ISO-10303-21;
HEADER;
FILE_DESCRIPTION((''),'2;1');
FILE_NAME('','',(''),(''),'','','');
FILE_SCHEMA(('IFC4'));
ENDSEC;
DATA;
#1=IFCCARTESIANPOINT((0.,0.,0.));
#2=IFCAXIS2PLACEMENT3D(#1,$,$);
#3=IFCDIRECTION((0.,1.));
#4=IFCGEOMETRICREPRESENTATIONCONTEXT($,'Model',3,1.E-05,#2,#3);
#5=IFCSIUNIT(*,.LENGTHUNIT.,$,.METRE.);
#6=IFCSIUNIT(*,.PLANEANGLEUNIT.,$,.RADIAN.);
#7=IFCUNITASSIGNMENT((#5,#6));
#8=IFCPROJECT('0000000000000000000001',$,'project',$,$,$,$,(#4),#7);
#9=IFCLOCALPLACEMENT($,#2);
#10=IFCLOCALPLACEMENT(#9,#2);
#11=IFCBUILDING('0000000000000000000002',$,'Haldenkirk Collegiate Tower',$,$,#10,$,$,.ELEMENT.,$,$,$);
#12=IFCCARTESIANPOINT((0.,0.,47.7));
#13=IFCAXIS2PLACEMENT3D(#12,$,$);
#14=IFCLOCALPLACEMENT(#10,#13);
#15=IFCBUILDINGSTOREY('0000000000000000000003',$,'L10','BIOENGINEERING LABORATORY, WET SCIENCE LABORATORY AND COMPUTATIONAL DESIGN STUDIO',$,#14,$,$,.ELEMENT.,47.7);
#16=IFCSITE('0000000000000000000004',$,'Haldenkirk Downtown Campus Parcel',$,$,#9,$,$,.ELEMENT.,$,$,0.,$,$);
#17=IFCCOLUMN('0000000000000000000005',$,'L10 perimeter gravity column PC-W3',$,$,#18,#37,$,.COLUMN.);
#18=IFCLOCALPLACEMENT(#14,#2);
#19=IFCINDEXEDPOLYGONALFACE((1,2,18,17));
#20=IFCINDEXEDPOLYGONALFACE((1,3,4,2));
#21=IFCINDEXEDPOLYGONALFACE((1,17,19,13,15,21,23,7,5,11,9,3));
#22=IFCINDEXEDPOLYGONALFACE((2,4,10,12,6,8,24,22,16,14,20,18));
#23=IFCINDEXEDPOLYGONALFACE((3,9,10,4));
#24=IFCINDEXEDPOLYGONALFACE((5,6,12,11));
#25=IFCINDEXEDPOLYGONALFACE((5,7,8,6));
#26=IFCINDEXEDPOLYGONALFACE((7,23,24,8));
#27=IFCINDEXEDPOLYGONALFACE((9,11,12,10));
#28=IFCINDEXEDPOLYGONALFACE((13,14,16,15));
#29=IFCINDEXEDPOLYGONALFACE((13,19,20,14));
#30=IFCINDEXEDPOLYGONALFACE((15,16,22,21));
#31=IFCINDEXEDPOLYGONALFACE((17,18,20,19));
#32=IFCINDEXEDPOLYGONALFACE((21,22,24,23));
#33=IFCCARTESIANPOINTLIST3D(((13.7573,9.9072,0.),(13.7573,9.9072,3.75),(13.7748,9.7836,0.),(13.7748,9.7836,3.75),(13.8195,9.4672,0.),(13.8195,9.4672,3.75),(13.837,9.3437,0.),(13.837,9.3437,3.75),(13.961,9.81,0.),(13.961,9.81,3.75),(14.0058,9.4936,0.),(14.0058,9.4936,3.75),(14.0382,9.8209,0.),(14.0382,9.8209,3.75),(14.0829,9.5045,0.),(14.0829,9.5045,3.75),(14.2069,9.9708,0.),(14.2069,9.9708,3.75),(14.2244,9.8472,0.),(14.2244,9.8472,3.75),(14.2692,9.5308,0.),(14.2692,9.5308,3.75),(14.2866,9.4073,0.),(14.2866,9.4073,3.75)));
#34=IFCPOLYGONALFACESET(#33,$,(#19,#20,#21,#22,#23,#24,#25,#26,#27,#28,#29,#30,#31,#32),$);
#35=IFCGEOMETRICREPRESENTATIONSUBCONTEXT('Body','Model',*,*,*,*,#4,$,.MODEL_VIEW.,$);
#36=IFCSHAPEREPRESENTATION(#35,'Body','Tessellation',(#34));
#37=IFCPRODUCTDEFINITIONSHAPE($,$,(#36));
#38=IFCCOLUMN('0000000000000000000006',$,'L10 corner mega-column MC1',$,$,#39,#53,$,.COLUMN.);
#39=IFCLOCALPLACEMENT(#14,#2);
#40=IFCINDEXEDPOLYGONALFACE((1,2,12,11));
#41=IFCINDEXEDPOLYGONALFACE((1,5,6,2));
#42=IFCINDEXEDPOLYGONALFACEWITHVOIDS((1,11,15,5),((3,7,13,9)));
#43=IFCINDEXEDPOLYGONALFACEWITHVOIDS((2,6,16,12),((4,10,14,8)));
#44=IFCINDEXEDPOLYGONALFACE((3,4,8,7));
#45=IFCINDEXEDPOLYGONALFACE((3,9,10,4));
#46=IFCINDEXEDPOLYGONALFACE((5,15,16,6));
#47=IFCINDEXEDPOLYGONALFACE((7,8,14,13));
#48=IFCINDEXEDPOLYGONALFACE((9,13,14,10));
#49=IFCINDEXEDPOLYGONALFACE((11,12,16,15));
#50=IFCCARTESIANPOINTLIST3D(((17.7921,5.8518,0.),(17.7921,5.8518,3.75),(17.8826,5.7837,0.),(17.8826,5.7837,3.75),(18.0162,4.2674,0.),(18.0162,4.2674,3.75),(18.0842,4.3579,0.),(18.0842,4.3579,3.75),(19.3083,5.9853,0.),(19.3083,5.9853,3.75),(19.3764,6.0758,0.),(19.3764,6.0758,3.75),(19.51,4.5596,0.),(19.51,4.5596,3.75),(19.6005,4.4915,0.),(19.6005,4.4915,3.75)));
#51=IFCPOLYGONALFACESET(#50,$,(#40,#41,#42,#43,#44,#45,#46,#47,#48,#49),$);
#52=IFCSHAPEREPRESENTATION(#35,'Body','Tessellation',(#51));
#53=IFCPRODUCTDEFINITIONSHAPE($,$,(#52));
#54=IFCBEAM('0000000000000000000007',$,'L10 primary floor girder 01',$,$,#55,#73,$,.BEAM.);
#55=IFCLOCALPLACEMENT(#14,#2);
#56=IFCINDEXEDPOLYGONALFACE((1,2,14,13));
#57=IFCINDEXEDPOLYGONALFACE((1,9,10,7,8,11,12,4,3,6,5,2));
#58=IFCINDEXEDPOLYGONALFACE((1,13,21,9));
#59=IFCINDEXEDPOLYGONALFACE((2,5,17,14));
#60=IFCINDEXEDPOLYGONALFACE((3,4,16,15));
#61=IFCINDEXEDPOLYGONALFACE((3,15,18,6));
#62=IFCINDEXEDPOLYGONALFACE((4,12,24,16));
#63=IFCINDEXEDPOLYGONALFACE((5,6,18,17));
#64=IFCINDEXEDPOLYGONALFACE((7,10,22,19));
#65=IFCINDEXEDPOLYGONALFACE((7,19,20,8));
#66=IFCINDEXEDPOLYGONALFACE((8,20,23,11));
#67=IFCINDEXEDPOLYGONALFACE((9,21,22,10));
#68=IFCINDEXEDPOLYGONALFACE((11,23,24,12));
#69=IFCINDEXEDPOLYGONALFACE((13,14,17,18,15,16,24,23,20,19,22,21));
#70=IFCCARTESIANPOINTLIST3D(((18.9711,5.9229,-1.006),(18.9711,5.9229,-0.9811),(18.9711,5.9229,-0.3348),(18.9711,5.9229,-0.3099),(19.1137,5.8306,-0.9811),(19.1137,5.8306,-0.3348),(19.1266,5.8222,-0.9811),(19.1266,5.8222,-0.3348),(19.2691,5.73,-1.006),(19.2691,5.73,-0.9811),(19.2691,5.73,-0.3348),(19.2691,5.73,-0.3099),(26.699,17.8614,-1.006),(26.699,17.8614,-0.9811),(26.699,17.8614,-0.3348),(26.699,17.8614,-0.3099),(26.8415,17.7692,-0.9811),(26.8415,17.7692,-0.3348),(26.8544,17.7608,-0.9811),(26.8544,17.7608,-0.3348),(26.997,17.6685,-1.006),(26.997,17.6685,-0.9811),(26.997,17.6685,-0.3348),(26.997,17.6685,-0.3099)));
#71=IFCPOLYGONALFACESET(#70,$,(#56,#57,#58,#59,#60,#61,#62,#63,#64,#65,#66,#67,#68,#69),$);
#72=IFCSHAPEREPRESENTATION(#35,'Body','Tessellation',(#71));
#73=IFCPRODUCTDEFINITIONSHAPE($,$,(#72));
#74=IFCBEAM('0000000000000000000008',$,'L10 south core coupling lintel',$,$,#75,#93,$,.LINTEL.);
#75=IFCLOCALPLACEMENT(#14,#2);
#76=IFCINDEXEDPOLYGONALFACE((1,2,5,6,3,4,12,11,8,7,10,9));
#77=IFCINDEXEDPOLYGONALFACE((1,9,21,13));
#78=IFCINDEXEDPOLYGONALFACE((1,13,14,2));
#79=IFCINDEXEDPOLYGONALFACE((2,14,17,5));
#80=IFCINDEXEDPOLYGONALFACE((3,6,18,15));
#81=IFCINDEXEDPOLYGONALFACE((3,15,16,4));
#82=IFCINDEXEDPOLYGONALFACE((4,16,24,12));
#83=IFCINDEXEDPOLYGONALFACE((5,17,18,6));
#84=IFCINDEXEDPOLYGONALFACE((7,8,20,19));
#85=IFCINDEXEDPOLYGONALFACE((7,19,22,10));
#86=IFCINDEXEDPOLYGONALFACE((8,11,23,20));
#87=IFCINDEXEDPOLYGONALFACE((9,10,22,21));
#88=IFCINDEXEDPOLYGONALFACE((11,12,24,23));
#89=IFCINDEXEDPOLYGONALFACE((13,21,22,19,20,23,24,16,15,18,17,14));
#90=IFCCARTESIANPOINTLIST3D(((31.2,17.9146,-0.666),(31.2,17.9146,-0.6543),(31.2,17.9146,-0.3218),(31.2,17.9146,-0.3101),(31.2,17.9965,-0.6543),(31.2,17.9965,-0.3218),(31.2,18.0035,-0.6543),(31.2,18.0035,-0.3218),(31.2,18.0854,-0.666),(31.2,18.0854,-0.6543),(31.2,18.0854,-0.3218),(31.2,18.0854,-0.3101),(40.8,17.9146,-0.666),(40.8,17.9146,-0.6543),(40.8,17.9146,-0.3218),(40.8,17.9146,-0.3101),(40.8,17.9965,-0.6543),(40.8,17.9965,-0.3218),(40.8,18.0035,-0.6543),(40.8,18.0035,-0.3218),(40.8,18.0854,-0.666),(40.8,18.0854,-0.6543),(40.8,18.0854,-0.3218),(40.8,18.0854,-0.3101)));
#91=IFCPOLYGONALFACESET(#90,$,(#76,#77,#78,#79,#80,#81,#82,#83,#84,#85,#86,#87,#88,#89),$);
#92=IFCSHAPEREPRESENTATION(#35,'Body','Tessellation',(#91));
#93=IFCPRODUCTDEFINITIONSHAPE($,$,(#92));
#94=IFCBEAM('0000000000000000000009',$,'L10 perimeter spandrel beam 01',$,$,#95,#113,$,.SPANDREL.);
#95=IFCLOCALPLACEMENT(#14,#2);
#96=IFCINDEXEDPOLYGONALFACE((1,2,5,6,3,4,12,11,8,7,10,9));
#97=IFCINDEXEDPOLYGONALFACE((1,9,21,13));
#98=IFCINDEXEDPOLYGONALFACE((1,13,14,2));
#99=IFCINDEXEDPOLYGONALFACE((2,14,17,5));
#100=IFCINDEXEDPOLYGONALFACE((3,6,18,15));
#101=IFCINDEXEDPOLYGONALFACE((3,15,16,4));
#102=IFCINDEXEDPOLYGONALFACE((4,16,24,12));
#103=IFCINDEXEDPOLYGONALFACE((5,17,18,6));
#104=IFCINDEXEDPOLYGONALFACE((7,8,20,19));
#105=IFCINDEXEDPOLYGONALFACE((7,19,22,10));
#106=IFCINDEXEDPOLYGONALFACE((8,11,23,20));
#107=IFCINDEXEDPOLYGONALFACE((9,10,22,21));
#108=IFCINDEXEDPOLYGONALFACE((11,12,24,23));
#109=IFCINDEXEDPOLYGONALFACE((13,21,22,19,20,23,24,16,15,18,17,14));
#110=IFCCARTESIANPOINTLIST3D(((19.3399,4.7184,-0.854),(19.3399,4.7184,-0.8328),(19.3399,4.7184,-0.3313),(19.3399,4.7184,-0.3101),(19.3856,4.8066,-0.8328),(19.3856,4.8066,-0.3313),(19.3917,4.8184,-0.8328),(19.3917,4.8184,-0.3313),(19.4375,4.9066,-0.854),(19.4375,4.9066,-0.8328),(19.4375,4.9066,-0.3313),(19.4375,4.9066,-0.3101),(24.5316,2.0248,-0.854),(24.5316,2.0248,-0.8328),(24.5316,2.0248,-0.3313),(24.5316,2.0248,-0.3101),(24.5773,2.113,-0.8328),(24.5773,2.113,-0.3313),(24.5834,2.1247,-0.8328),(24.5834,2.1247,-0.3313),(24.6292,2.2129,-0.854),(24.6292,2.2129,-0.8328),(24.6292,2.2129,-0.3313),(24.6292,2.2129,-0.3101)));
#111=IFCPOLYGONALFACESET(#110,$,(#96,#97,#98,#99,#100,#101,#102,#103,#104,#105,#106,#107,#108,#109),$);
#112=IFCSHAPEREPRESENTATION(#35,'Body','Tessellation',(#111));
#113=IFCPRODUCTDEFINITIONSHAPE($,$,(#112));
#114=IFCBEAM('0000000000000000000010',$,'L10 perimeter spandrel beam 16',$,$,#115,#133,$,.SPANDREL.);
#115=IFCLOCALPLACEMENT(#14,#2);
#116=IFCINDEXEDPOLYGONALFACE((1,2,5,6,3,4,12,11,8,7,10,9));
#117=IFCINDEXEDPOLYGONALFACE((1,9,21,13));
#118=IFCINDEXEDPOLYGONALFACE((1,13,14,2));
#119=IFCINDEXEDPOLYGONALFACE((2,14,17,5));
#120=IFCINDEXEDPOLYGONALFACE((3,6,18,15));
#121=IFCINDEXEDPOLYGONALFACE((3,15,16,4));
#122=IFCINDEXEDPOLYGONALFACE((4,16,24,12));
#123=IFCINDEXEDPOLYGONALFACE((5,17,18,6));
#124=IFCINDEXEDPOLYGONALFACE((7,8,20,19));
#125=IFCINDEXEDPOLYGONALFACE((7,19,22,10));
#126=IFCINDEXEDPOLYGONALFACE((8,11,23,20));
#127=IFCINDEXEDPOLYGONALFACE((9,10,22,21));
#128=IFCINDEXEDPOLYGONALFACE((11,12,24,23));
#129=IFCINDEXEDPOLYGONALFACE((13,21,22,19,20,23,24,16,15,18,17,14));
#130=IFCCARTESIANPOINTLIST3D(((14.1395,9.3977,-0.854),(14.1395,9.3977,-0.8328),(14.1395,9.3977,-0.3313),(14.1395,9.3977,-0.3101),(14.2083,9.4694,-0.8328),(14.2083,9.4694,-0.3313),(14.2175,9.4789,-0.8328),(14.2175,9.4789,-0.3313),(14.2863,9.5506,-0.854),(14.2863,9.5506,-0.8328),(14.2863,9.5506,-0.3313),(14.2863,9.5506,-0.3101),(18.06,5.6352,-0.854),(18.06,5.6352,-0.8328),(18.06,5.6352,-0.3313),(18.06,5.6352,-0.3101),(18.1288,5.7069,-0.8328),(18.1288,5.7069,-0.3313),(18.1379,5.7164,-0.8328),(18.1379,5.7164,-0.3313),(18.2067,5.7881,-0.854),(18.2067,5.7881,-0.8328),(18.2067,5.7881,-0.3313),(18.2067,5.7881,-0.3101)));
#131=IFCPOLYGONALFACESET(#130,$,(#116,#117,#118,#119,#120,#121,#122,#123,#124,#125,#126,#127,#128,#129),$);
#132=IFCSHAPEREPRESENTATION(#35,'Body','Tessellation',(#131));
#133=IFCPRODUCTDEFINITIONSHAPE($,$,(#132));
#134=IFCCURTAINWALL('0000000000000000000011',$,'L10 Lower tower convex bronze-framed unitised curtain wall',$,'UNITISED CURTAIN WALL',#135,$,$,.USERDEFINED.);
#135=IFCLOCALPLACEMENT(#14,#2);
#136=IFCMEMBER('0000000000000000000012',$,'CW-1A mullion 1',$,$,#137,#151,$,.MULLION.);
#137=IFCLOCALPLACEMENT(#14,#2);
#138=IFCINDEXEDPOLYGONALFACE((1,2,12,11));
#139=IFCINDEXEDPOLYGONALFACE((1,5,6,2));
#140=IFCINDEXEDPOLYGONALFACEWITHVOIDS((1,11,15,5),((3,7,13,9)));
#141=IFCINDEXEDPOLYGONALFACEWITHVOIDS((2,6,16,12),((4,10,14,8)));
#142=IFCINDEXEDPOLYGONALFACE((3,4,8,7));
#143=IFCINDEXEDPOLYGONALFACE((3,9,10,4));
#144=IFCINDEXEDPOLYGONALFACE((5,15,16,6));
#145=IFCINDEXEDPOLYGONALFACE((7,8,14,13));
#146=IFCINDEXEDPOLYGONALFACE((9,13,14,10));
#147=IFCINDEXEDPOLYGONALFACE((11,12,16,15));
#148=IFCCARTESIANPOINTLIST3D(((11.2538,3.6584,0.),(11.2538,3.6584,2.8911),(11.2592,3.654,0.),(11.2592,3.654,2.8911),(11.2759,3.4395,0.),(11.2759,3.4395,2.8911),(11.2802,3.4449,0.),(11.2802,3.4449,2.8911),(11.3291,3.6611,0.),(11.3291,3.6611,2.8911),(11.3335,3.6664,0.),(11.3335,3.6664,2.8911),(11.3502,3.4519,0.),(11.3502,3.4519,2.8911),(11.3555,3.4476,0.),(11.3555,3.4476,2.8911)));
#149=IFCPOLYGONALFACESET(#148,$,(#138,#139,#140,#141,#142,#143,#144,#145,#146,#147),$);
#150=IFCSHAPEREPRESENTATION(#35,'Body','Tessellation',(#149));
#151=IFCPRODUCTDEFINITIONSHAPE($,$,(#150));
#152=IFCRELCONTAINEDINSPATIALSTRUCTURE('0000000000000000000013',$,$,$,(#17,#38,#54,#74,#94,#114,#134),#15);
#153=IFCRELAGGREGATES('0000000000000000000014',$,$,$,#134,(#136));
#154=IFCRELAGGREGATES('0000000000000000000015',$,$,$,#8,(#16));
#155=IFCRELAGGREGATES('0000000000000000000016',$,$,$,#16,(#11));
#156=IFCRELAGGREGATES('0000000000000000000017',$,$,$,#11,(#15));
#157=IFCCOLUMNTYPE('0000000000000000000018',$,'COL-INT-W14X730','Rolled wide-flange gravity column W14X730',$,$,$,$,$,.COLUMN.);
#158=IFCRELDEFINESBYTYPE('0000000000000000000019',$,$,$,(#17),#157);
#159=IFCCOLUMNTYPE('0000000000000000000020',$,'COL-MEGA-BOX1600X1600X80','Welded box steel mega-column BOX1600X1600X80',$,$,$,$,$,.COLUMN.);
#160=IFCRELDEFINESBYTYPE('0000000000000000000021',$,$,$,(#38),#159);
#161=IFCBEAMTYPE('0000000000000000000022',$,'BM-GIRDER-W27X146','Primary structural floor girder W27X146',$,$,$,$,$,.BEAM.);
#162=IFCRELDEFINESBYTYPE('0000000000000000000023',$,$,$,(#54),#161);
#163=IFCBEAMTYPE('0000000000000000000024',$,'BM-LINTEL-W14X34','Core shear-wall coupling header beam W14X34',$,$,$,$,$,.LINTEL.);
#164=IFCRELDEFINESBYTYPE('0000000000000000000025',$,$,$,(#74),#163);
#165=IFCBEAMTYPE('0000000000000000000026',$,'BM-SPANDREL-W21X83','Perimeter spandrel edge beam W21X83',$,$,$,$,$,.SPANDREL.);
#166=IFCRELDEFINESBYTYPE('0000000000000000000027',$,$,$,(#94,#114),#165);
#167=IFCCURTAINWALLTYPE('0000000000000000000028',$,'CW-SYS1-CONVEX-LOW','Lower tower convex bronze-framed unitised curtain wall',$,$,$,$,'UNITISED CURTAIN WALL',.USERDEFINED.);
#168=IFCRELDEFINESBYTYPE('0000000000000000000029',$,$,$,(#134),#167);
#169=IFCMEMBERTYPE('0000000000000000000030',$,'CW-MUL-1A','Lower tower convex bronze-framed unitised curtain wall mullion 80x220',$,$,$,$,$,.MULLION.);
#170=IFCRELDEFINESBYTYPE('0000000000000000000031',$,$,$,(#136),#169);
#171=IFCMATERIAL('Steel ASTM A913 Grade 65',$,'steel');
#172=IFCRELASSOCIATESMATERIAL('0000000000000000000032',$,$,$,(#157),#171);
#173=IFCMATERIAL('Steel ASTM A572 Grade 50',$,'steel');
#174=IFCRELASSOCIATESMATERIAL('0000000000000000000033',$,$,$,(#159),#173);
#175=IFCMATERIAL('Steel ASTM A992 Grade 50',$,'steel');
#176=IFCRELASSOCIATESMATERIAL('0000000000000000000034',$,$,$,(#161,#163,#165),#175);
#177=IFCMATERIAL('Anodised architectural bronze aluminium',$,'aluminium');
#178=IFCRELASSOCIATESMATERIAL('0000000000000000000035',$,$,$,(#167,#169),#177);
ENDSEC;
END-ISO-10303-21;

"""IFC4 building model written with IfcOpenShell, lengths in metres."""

from ifc_helpers import new_model, si_unit, direction, frame, origin, origin_2d, place, context, subcontext, project, spatial, hollow_rectangle, i_section, extrude, material, material_profile, profile_set, type_object, element, aggregate, save


model = new_model("IFC4")

# Units and contexts
model_context = context("Model", 3, precision=1e-05, world=origin(), true_north=direction((0.0, 1.0)))
body_context = subcontext(model_context, "Body", "Model", "MODEL_VIEW")
ifc_project = project(units=[si_unit("LENGTHUNIT", "METRE"), si_unit("PLANEANGLEUNIT", "RADIAN")], contexts=[model_context])

# Site, building, storey
site_placement = place(None, origin())
site = spatial("IfcSite", under=ifc_project, at=site_placement, Name="Haldenkirk Downtown Campus Parcel", CompositionType="ELEMENT", RefElevation=0.0)
building_placement = place(site_placement, origin())
building = spatial("IfcBuilding", under=site, at=building_placement, Name="Haldenkirk Collegiate Tower", CompositionType="ELEMENT")
storey_placement = place(building_placement, frame((0.0, 0.0, 47.7)))
storey = spatial("IfcBuildingStorey", under=building, at=storey_placement, Name="L10", Description="BIOENGINEERING LABORATORY, WET SCIENCE LABORATORY AND COMPUTATIONAL DESIGN STUDIO", CompositionType="ELEMENT", Elevation=47.7)

# Columns
ifc_material_1 = material(Name="Steel ASTM A913 Grade 65", Category="steel")
ifc_material_profile_1 = material_profile(ifc_material_1, i_section(OverallWidth=0.4541, OverallDepth=0.5691, WebThickness=0.0779, FlangeThickness=0.1248, at=origin_2d()), Name="W14X730")
ifc_profile_set_1 = profile_set([ifc_material_profile_1], Name="Steel ASTM A913 Grade 65")
column_type_1 = type_object("IfcColumnType", Name="COL-INT-W14X730", Description="Rolled wide-flange gravity column W14X730", PredefinedType="COLUMN", material=ifc_profile_set_1)
column_1_placement = place(storey_placement, frame((14.022, 9.6572, 0.0), z_axis=(0.0, 0.0, 1.0), x_axis=(0.990146, 0.140037, 0.0)))
element("IfcColumn", 1, at=column_1_placement, inside=storey, type_object=column_type_1, Name="L10 perimeter gravity column PC-W3", PredefinedType="COLUMN", context=body_context, shape_type="SweptSolid", body=[
    extrude(i_section(OverallWidth=0.4541, OverallDepth=0.5691, WebThickness=0.0779, FlangeThickness=0.1248, at=origin_2d()), origin(), (0.0, 0.0, 1.0), 3.75),
])
ifc_material_2 = material(Name="Steel ASTM A572 Grade 50", Category="steel")
ifc_material_profile_2 = material_profile(ifc_material_2, hollow_rectangle(XDim=1.6001, YDim=1.6001, WallThickness=0.0801, at=origin_2d()), Name="BOX1600X1600X80")
ifc_profile_set_2 = profile_set([ifc_material_profile_2], Name="Steel ASTM A572 Grade 50")
column_type_2 = type_object("IfcColumnType", Name="COL-MEGA-BOX1600X1600X80", Description="Welded box steel mega-column BOX1600X1600X80", PredefinedType="COLUMN", material=ifc_profile_set_2)
column_2_placement = place(storey_placement, frame((18.6963, 5.1716, 0.0), z_axis=(0.0, 0.0, 1.0), x_axis=(0.990146, 0.140037, 0.0)))
element("IfcColumn", 2, at=column_2_placement, inside=storey, type_object=column_type_2, Name="L10 corner mega-column MC1", PredefinedType="COLUMN", context=body_context, shape_type="SweptSolid", body=[
    extrude(hollow_rectangle(XDim=1.6001, YDim=1.6001, WallThickness=0.0801, at=origin_2d()), origin(), (0.0, 0.0, 1.0), 3.75),
])

# Beams
ifc_material_3 = material(Name="Steel ASTM A992 Grade 50", Category="steel")
ifc_material_profile_3 = material_profile(ifc_material_3, i_section(OverallWidth=0.355, OverallDepth=0.696, WebThickness=0.0154, FlangeThickness=0.0249, at=origin_2d()), Name="W27X146")
ifc_profile_set_3 = profile_set([ifc_material_profile_3], Name="Steel ASTM A992 Grade 50")
beam_type_1 = type_object("IfcBeamType", Name="BM-GIRDER-W27X146", Description="Primary structural floor girder W27X146", PredefinedType="BEAM", material=ifc_profile_set_3)
beam_1_placement = place(storey_placement, frame((19.1201, 5.8264, -0.658), z_axis=(0.543394, 0.839478, 0.0), x_axis=(-0.839478, 0.543394, 0.0)))
element("IfcBeam", 3, at=beam_1_placement, inside=storey, type_object=beam_type_1, Name="L10 primary floor girder 01", PredefinedType="BEAM", context=body_context, shape_type="SweptSolid", body=[
    extrude(i_section(OverallWidth=0.355, OverallDepth=0.696, WebThickness=0.0154, FlangeThickness=0.0249, at=origin_2d()), origin(), (0.0, 0.0, 1.0), 14.2214),
])
ifc_material_profile_4 = material_profile(ifc_material_3, i_section(OverallWidth=0.1709, OverallDepth=0.356, WebThickness=0.0071, FlangeThickness=0.0117, at=origin_2d()), Name="W14X34")
ifc_profile_set_4 = profile_set([ifc_material_profile_4], Name="Steel ASTM A992 Grade 50")
beam_type_2 = type_object("IfcBeamType", Name="BM-LINTEL-W14X34", Description="Core shear-wall coupling header beam W14X34", PredefinedType="LINTEL", material=ifc_profile_set_4)
beam_2_placement = place(storey_placement, frame((31.2, 18.0, -0.488), z_axis=(1.0, 0.0, 0.0), x_axis=(0.0, 1.0, 0.0)))
element("IfcBeam", 4, at=beam_2_placement, inside=storey, type_object=beam_type_2, Name="L10 south core coupling lintel", PredefinedType="LINTEL", context=body_context, shape_type="SweptSolid", body=[
    extrude(i_section(OverallWidth=0.1709, OverallDepth=0.356, WebThickness=0.0071, FlangeThickness=0.0117, at=origin_2d()), origin(), (0.0, 0.0, 1.0), 9.6001),
])
ifc_material_profile_5 = material_profile(ifc_material_3, i_section(OverallWidth=0.2119, OverallDepth=0.5439, WebThickness=0.0132, FlangeThickness=0.0212, at=origin_2d()), Name="W21X83")
ifc_profile_set_5 = profile_set([ifc_material_profile_5], Name="Steel ASTM A992 Grade 50")
beam_type_3 = type_object("IfcBeamType", Name="BM-SPANDREL-W21X83", Description="Perimeter spandrel edge beam W21X83", PredefinedType="SPANDREL", material=ifc_profile_set_5)
beam_3_placement = place(storey_placement, frame((19.3887, 4.8125, -0.582), z_axis=(0.88764, -0.460538, 0.0), x_axis=(0.460538, 0.88764, 0.0)))
element("IfcBeam", 5, at=beam_3_placement, inside=storey, type_object=beam_type_3, Name="L10 perimeter spandrel beam 01", PredefinedType="SPANDREL", context=body_context, shape_type="SweptSolid", body=[
    extrude(i_section(OverallWidth=0.2119, OverallDepth=0.5439, WebThickness=0.0132, FlangeThickness=0.0212, at=origin_2d()), origin(), (0.0, 0.0, 1.0), 5.8489),
])
beam_4_placement = place(storey_placement, frame((14.2129, 9.4741, -0.582), z_axis=(0.721492, -0.692422, 0.0), x_axis=(0.692422, 0.721492, 0.0)))
element("IfcBeam", 6, at=beam_4_placement, inside=storey, type_object=beam_type_3, Name="L10 perimeter spandrel beam 16", PredefinedType="SPANDREL", context=body_context, shape_type="SweptSolid", body=[
    extrude(i_section(OverallWidth=0.2119, OverallDepth=0.5439, WebThickness=0.0132, FlangeThickness=0.0212, at=origin_2d()), origin(), (0.0, 0.0, 1.0), 5.4338),
])

# Curtain wall, member
ifc_material_4 = material(Name="Anodised architectural bronze aluminium", Category="aluminium")
curtain_wall_type = type_object("IfcCurtainWallType", Name="CW-SYS1-CONVEX-LOW", Description="Lower tower convex bronze-framed unitised curtain wall", ElementType="UNITISED CURTAIN WALL", PredefinedType="USERDEFINED", material=ifc_material_4)
curtain_wall_placement = place(storey_placement, origin())
curtain_wall = element("IfcCurtainWall", 7, at=curtain_wall_placement, inside=storey, type_object=curtain_wall_type, Name="L10 Lower tower convex bronze-framed unitised curtain wall", ObjectType="UNITISED CURTAIN WALL", PredefinedType="USERDEFINED")
ifc_material_profile_6 = material_profile(ifc_material_4, hollow_rectangle(XDim=0.0801, YDim=0.22, WallThickness=0.0049, at=origin_2d()), Name="CW-MUL-1A")
ifc_profile_set_6 = profile_set([ifc_material_profile_6], Name="Anodised architectural bronze aluminium")
member_type = type_object("IfcMemberType", Name="CW-MUL-1A", Description="Lower tower convex bronze-framed unitised curtain wall mullion 80x220", PredefinedType="MULLION", material=ifc_profile_set_6)
member_placement = place(storey_placement, frame((11.3047, 3.553, 0.0), z_axis=(0.0, 0.0, 1.0), x_axis=(-0.994969, -0.100187, 0.0)))
member = element("IfcMember", 8, at=member_placement, type_object=member_type, Name="CW-1A mullion 1", PredefinedType="MULLION", context=body_context, shape_type="SweptSolid", body=[
    extrude(hollow_rectangle(XDim=0.0801, YDim=0.22, WallThickness=0.0049, at=origin_2d()), origin(), (0.0, 0.0, 1.0), 2.8911),
])
aggregate(curtain_wall, [member])

save(model, "model.ifc")
